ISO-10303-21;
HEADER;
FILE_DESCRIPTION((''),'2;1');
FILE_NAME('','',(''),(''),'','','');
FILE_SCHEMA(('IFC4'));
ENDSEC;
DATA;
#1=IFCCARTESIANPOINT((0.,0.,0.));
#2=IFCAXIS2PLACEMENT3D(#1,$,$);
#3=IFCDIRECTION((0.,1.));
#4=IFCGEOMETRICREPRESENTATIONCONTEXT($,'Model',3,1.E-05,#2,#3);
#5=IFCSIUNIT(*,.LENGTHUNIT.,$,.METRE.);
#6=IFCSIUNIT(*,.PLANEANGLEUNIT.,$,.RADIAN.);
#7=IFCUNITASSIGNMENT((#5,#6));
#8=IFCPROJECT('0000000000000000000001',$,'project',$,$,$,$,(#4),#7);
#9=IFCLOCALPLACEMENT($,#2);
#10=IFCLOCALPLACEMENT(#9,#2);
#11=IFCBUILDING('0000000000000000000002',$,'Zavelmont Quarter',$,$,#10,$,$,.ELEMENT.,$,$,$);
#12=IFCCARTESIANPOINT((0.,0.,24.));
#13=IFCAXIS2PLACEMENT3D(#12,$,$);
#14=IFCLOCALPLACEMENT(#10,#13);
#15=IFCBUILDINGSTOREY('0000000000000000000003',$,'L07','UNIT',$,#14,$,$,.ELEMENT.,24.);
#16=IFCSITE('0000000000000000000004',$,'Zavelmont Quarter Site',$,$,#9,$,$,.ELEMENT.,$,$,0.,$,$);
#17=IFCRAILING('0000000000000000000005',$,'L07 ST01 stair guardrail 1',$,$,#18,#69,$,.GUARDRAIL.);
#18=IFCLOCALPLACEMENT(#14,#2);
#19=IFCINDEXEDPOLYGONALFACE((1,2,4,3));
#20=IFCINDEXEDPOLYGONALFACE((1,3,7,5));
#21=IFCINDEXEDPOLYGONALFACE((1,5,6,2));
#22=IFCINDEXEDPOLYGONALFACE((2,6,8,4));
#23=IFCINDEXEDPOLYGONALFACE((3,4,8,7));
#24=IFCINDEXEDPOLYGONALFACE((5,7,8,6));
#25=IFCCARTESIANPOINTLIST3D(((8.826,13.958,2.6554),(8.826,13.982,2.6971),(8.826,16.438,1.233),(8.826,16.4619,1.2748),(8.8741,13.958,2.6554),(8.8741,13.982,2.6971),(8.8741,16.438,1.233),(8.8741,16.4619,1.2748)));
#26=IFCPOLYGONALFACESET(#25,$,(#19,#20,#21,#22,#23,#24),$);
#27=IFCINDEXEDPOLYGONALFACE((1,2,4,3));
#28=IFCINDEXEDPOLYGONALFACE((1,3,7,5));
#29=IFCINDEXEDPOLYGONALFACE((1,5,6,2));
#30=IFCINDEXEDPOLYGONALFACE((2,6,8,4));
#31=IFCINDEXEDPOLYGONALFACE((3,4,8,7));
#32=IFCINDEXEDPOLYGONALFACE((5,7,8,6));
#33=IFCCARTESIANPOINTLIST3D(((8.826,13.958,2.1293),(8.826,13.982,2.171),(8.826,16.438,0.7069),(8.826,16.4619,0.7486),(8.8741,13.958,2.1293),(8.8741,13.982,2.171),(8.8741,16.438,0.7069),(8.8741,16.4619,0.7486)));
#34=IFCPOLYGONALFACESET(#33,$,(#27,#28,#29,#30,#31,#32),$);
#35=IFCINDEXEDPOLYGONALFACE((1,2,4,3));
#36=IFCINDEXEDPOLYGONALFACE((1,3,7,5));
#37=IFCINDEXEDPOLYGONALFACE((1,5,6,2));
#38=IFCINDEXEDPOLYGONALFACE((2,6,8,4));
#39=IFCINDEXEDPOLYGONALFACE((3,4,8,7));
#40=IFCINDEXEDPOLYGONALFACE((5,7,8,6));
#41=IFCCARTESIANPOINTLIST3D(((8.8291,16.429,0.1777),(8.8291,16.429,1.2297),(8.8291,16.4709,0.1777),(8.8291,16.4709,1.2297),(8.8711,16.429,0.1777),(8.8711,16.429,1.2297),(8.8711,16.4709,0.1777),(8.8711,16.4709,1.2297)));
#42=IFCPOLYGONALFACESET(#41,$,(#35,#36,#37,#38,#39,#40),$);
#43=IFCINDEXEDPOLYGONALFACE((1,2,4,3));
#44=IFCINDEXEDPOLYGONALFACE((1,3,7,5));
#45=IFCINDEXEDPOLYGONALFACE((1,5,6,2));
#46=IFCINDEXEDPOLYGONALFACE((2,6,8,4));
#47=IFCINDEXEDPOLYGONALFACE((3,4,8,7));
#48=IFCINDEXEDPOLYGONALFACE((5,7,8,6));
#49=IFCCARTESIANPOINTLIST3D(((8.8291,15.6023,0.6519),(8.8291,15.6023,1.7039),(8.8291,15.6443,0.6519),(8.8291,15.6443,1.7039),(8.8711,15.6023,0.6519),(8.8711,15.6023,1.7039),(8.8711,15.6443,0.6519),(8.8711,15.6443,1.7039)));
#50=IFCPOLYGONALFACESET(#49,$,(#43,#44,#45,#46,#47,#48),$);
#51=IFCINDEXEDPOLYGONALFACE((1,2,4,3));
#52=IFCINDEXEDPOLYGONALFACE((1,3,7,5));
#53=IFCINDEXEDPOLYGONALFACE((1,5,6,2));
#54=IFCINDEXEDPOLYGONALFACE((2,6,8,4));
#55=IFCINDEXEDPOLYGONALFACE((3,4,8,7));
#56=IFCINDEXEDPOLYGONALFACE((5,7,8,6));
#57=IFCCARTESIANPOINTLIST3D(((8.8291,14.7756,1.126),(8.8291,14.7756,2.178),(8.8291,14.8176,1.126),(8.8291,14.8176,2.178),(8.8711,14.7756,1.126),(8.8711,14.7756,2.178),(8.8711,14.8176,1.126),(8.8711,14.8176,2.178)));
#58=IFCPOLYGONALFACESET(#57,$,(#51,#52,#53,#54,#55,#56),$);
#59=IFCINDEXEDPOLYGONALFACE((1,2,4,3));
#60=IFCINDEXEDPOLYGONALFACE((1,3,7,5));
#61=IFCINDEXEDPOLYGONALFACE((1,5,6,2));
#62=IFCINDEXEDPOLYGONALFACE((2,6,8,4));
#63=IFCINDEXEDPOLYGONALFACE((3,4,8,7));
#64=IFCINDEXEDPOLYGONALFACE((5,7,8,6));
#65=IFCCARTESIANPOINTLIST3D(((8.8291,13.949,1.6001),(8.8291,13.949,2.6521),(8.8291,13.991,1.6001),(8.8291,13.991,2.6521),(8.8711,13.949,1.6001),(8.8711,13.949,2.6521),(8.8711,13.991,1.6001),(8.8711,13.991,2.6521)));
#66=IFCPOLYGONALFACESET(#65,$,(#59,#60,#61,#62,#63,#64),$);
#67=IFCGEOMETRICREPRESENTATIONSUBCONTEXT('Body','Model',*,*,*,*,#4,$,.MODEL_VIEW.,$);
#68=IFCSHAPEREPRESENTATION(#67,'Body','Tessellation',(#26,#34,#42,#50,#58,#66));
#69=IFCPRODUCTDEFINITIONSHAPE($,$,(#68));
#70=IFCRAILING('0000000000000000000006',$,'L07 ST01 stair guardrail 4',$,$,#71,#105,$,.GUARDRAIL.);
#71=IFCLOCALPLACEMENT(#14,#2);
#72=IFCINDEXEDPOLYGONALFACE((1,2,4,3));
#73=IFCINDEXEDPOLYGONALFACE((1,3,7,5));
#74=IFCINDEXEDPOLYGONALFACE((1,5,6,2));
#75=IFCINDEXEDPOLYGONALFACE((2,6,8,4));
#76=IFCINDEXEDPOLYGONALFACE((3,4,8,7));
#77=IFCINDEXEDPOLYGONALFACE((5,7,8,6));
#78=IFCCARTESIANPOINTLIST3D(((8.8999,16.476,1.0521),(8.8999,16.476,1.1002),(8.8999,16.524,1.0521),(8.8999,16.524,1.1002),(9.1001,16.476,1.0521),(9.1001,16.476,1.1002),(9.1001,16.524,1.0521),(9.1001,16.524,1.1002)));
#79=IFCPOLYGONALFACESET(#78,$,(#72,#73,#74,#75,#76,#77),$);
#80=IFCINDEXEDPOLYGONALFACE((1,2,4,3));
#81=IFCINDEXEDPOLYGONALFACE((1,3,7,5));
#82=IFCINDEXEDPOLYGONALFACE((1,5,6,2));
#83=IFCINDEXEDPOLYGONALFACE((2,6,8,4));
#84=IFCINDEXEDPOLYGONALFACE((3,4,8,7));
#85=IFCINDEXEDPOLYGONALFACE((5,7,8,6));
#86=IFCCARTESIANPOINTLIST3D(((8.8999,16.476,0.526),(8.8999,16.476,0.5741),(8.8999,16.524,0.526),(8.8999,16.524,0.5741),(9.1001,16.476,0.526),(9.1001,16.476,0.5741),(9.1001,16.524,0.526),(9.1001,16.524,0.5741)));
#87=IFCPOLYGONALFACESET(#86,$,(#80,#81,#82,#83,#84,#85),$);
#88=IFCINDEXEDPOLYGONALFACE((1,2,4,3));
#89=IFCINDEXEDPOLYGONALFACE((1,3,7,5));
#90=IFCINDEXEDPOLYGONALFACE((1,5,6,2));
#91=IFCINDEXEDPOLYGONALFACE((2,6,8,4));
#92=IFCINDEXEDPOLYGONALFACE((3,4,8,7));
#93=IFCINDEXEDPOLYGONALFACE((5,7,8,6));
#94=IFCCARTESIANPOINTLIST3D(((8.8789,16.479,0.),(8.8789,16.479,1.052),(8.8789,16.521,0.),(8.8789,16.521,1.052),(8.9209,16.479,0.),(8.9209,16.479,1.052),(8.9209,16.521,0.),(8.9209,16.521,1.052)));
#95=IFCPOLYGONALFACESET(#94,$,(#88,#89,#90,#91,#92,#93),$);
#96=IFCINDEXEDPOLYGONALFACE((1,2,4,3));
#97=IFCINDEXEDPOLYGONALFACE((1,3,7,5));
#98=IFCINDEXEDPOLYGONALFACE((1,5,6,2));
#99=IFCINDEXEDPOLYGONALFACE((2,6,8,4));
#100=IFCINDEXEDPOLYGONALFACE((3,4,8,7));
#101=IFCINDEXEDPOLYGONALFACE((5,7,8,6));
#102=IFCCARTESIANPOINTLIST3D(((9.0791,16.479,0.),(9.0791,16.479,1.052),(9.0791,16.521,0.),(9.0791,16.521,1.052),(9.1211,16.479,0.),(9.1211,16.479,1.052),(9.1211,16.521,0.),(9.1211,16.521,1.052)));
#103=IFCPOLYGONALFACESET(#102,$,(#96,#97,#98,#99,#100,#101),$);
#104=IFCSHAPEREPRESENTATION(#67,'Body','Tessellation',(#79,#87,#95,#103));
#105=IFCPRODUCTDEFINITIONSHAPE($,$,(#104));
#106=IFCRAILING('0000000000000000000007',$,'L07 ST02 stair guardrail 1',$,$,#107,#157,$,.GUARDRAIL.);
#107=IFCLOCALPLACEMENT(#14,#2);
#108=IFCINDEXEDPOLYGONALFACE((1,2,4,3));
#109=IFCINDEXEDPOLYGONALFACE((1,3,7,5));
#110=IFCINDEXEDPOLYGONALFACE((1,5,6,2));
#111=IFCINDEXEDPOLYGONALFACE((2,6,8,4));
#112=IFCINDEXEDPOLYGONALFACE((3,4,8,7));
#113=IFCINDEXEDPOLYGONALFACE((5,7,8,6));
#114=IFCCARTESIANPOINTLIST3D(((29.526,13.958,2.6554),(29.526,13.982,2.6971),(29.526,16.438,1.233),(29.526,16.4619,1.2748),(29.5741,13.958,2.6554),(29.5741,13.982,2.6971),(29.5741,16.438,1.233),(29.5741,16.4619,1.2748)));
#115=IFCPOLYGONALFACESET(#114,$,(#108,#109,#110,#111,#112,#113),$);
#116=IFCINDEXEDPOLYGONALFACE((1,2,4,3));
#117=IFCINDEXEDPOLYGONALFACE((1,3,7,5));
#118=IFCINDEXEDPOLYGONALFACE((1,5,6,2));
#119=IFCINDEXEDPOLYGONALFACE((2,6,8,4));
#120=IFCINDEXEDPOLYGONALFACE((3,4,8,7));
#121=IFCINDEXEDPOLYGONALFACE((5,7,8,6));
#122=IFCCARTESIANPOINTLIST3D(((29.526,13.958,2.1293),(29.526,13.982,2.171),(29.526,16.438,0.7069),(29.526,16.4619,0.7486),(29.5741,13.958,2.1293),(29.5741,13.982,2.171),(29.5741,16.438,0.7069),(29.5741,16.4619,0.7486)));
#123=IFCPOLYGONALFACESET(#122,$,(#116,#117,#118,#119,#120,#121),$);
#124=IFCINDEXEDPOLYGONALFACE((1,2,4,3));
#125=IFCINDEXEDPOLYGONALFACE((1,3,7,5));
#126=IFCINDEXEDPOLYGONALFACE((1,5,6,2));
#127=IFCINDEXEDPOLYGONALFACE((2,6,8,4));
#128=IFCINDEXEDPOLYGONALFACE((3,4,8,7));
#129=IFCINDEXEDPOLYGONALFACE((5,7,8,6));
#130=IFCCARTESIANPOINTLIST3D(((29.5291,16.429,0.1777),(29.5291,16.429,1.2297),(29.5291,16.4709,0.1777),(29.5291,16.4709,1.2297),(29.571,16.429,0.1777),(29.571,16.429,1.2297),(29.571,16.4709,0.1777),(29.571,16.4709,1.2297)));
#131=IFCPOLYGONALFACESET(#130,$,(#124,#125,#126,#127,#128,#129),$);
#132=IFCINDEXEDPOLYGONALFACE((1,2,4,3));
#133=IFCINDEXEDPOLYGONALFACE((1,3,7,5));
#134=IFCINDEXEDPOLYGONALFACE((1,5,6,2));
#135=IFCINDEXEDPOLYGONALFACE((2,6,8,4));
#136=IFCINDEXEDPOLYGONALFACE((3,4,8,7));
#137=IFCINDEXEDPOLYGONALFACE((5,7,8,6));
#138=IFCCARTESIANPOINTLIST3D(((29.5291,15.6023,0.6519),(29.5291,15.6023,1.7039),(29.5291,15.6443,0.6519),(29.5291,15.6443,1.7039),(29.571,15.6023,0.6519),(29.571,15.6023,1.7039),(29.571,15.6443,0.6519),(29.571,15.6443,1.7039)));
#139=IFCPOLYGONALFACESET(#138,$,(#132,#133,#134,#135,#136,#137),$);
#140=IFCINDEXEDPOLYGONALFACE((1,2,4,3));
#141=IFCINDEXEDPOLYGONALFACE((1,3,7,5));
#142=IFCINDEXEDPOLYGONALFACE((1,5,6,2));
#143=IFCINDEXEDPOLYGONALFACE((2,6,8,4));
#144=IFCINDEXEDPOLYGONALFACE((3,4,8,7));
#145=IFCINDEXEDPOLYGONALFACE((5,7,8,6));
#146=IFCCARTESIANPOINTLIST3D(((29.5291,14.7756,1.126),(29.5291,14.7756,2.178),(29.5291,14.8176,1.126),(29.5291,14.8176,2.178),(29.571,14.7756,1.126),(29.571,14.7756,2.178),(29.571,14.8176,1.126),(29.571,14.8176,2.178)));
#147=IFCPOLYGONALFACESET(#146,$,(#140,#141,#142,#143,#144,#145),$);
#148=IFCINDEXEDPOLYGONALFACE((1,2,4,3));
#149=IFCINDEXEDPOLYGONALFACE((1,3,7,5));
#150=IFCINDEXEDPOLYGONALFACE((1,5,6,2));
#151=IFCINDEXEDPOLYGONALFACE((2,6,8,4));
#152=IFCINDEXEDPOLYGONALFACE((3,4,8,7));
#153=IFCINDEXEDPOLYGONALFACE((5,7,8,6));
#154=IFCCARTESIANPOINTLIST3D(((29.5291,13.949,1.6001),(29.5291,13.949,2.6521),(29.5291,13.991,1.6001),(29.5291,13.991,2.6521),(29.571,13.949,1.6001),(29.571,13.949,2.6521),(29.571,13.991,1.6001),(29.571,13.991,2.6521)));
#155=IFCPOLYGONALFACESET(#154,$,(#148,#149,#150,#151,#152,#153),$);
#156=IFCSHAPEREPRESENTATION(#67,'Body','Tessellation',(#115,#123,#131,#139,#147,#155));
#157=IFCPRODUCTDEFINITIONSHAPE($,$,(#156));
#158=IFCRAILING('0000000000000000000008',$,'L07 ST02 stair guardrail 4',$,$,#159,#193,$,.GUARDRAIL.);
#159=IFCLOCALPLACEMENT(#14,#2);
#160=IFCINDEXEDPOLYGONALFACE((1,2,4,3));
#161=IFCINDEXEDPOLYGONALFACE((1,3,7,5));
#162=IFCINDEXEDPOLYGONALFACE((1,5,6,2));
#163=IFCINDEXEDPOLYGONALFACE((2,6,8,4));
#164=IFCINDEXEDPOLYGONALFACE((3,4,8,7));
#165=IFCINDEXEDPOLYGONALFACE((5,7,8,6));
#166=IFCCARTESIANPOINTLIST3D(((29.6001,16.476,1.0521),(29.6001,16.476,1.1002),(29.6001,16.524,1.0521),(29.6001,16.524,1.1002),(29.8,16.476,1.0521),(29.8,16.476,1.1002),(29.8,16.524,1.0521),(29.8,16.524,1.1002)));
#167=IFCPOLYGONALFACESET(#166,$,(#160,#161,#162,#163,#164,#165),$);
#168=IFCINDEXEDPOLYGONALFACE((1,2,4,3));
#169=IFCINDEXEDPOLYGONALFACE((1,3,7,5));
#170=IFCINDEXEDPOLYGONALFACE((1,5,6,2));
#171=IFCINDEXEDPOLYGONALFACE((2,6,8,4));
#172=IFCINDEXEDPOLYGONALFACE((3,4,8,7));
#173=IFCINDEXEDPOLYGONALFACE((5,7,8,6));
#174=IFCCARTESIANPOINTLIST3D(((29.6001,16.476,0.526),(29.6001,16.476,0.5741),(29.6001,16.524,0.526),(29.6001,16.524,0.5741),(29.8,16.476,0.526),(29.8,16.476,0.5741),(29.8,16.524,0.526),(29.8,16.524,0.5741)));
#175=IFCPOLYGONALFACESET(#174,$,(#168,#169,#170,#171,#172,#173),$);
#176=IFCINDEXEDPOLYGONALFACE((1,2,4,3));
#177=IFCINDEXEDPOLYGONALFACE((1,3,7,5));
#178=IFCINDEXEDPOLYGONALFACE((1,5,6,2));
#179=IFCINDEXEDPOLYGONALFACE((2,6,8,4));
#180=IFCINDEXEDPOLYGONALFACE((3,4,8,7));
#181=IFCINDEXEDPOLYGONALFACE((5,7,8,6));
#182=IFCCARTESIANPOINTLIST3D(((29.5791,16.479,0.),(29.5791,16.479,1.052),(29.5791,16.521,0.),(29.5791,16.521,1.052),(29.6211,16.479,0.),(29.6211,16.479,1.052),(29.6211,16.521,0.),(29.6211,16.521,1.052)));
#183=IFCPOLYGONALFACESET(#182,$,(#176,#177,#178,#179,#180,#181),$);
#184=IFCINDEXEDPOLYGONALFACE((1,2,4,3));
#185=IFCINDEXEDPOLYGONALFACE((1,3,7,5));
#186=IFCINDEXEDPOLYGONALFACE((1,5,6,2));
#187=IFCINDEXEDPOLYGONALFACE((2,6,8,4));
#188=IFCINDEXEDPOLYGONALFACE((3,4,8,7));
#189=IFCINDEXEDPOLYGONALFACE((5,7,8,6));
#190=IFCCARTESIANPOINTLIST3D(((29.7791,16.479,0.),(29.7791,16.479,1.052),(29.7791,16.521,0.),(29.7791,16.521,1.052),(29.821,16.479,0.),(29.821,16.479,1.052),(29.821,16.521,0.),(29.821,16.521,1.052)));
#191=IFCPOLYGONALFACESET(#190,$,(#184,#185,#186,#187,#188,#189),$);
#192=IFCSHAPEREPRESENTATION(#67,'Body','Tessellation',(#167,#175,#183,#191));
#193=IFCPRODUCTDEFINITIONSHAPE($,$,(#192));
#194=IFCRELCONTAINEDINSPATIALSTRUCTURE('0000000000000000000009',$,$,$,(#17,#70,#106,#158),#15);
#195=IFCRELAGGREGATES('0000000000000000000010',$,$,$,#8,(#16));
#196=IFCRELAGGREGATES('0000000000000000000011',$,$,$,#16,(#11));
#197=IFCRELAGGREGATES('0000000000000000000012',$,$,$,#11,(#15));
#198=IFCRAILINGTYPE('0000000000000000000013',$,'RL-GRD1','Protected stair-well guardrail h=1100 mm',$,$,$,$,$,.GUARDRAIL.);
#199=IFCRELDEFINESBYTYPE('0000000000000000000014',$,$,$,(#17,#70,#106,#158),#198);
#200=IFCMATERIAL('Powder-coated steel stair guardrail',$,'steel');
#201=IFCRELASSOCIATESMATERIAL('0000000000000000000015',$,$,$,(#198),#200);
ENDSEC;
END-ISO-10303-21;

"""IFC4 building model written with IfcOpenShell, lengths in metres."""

from ifc_helpers import new_model, si_unit, direction, frame, origin, origin_2d, place, context, subcontext, project, spatial, rectangle, extrude, material, type_object, element, save


model = new_model("IFC4")

# Units and contexts
model_context = context("Model", 3, precision=1e-05, world=origin(), true_north=direction((0.0, 1.0)))
body_context = subcontext(model_context, "Body", "Model", "MODEL_VIEW")
ifc_project = project(units=[si_unit("LENGTHUNIT", "METRE"), si_unit("PLANEANGLEUNIT", "RADIAN")], contexts=[model_context])

# Site, building, storey
site_placement = place(None, origin())
site = spatial("IfcSite", under=ifc_project, at=site_placement, Name="Zavelmont Quarter Site", CompositionType="ELEMENT", RefElevation=0.0)
building_placement = place(site_placement, origin())
building = spatial("IfcBuilding", under=site, at=building_placement, Name="Zavelmont Quarter", CompositionType="ELEMENT")
storey_placement = place(building_placement, frame((0.0, 0.0, 24.0)))
storey = spatial("IfcBuildingStorey", under=building, at=storey_placement, Name="L07", Description="UNIT", CompositionType="ELEMENT", Elevation=24.0)

# Railings
ifc_material_1 = material(Name="Powder-coated steel stair guardrail", Category="steel")
railing_type_1 = type_object("IfcRailingType", Name="RL-GRD1", Description="Protected stair-well guardrail h=1100 mm", PredefinedType="GUARDRAIL", material=ifc_material_1)
railing_1_placement = place(storey_placement, frame((8.8501, 16.45, 0.1777)))
element("IfcRailing", 1, at=railing_1_placement, inside=storey, type_object=railing_type_1, Name="L07 ST01 stair guardrail 1", PredefinedType="GUARDRAIL", context=body_context, shape_type="SweptSolid", body=[
    extrude(rectangle(XDim=0.0481, YDim=0.0481, at=origin_2d()), frame((0.0, 0.0, 1.0762), z_axis=(0.0, -0.867454, 0.497518), x_axis=(1.0, 0.0, 0.0)), (0.0, 0.0, 1.0), 2.8589),
    extrude(rectangle(XDim=0.0481, YDim=0.0481, at=origin_2d()), frame((0.0, 0.0, 0.55), z_axis=(0.0, -0.867454, 0.497518), x_axis=(1.0, 0.0, 0.0)), (0.0, 0.0, 1.0), 2.8589),
    extrude(rectangle(XDim=0.042, YDim=0.042, at=origin_2d()), origin(), (0.0, 0.0, 1.0), 1.052),
    extrude(rectangle(XDim=0.042, YDim=0.042, at=origin_2d()), frame((0.0, -0.8267, 0.4741)), (0.0, 0.0, 1.0), 1.052),
    extrude(rectangle(XDim=0.042, YDim=0.042, at=origin_2d()), frame((0.0, -1.6533, 0.9482)), (0.0, 0.0, 1.0), 1.052),
    extrude(rectangle(XDim=0.042, YDim=0.042, at=origin_2d()), frame((0.0, -2.48, 1.4224)), (0.0, 0.0, 1.0), 1.052),
])
railing_2_placement = place(storey_placement, frame((8.8999, 16.5, 0.0)))
element("IfcRailing", 2, at=railing_2_placement, inside=storey, type_object=railing_type_1, Name="L07 ST01 stair guardrail 4", PredefinedType="GUARDRAIL", context=body_context, shape_type="SweptSolid", body=[
    extrude(rectangle(XDim=0.0481, YDim=0.0481, at=origin_2d()), frame((0.0, 0.0, 1.0762), z_axis=(1.0, 0.0, 0.0), x_axis=(0.0, 1.0, 0.0)), (0.0, 0.0, 1.0), 0.2002),
    extrude(rectangle(XDim=0.0481, YDim=0.0481, at=origin_2d()), frame((0.0, 0.0, 0.55), z_axis=(1.0, 0.0, 0.0), x_axis=(0.0, 1.0, 0.0)), (0.0, 0.0, 1.0), 0.2002),
    extrude(rectangle(XDim=0.042, YDim=0.042, at=origin_2d()), origin(), (0.0, 0.0, 1.0), 1.052),
    extrude(rectangle(XDim=0.042, YDim=0.042, at=origin_2d()), frame((0.2002, 0.0, 0.0)), (0.0, 0.0, 1.0), 1.052),
])
railing_3_placement = place(storey_placement, frame((29.55, 16.45, 0.1777)))
element("IfcRailing", 3, at=railing_3_placement, inside=storey, type_object=railing_type_1, Name="L07 ST02 stair guardrail 1", PredefinedType="GUARDRAIL", context=body_context, shape_type="SweptSolid", body=[
    extrude(rectangle(XDim=0.0481, YDim=0.0481, at=origin_2d()), frame((0.0, 0.0, 1.0762), z_axis=(0.0, -0.867454, 0.497518), x_axis=(1.0, 0.0, 0.0)), (0.0, 0.0, 1.0), 2.8589),
    extrude(rectangle(XDim=0.0481, YDim=0.0481, at=origin_2d()), frame((0.0, 0.0, 0.55), z_axis=(0.0, -0.867454, 0.497518), x_axis=(1.0, 0.0, 0.0)), (0.0, 0.0, 1.0), 2.8589),
    extrude(rectangle(XDim=0.042, YDim=0.042, at=origin_2d()), origin(), (0.0, 0.0, 1.0), 1.052),
    extrude(rectangle(XDim=0.042, YDim=0.042, at=origin_2d()), frame((0.0, -0.8267, 0.4741)), (0.0, 0.0, 1.0), 1.052),
    extrude(rectangle(XDim=0.042, YDim=0.042, at=origin_2d()), frame((0.0, -1.6533, 0.9482)), (0.0, 0.0, 1.0), 1.052),
    extrude(rectangle(XDim=0.042, YDim=0.042, at=origin_2d()), frame((0.0, -2.48, 1.4224)), (0.0, 0.0, 1.0), 1.052),
])
railing_4_placement = place(storey_placement, frame((29.6001, 16.5, 0.0)))
element("IfcRailing", 4, at=railing_4_placement, inside=storey, type_object=railing_type_1, Name="L07 ST02 stair guardrail 4", PredefinedType="GUARDRAIL", context=body_context, shape_type="SweptSolid", body=[
    extrude(rectangle(XDim=0.0481, YDim=0.0481, at=origin_2d()), frame((0.0, 0.0, 1.0762), z_axis=(1.0, 0.0, 0.0), x_axis=(0.0, 1.0, 0.0)), (0.0, 0.0, 1.0), 0.2),
    extrude(rectangle(XDim=0.0481, YDim=0.0481, at=origin_2d()), frame((0.0, 0.0, 0.55), z_axis=(1.0, 0.0, 0.0), x_axis=(0.0, 1.0, 0.0)), (0.0, 0.0, 1.0), 0.2),
    extrude(rectangle(XDim=0.042, YDim=0.042, at=origin_2d()), origin(), (0.0, 0.0, 1.0), 1.052),
    extrude(rectangle(XDim=0.042, YDim=0.042, at=origin_2d()), frame((0.2, 0.0, 0.0)), (0.0, 0.0, 1.0), 1.052),
])

save(model, "model.ifc")
